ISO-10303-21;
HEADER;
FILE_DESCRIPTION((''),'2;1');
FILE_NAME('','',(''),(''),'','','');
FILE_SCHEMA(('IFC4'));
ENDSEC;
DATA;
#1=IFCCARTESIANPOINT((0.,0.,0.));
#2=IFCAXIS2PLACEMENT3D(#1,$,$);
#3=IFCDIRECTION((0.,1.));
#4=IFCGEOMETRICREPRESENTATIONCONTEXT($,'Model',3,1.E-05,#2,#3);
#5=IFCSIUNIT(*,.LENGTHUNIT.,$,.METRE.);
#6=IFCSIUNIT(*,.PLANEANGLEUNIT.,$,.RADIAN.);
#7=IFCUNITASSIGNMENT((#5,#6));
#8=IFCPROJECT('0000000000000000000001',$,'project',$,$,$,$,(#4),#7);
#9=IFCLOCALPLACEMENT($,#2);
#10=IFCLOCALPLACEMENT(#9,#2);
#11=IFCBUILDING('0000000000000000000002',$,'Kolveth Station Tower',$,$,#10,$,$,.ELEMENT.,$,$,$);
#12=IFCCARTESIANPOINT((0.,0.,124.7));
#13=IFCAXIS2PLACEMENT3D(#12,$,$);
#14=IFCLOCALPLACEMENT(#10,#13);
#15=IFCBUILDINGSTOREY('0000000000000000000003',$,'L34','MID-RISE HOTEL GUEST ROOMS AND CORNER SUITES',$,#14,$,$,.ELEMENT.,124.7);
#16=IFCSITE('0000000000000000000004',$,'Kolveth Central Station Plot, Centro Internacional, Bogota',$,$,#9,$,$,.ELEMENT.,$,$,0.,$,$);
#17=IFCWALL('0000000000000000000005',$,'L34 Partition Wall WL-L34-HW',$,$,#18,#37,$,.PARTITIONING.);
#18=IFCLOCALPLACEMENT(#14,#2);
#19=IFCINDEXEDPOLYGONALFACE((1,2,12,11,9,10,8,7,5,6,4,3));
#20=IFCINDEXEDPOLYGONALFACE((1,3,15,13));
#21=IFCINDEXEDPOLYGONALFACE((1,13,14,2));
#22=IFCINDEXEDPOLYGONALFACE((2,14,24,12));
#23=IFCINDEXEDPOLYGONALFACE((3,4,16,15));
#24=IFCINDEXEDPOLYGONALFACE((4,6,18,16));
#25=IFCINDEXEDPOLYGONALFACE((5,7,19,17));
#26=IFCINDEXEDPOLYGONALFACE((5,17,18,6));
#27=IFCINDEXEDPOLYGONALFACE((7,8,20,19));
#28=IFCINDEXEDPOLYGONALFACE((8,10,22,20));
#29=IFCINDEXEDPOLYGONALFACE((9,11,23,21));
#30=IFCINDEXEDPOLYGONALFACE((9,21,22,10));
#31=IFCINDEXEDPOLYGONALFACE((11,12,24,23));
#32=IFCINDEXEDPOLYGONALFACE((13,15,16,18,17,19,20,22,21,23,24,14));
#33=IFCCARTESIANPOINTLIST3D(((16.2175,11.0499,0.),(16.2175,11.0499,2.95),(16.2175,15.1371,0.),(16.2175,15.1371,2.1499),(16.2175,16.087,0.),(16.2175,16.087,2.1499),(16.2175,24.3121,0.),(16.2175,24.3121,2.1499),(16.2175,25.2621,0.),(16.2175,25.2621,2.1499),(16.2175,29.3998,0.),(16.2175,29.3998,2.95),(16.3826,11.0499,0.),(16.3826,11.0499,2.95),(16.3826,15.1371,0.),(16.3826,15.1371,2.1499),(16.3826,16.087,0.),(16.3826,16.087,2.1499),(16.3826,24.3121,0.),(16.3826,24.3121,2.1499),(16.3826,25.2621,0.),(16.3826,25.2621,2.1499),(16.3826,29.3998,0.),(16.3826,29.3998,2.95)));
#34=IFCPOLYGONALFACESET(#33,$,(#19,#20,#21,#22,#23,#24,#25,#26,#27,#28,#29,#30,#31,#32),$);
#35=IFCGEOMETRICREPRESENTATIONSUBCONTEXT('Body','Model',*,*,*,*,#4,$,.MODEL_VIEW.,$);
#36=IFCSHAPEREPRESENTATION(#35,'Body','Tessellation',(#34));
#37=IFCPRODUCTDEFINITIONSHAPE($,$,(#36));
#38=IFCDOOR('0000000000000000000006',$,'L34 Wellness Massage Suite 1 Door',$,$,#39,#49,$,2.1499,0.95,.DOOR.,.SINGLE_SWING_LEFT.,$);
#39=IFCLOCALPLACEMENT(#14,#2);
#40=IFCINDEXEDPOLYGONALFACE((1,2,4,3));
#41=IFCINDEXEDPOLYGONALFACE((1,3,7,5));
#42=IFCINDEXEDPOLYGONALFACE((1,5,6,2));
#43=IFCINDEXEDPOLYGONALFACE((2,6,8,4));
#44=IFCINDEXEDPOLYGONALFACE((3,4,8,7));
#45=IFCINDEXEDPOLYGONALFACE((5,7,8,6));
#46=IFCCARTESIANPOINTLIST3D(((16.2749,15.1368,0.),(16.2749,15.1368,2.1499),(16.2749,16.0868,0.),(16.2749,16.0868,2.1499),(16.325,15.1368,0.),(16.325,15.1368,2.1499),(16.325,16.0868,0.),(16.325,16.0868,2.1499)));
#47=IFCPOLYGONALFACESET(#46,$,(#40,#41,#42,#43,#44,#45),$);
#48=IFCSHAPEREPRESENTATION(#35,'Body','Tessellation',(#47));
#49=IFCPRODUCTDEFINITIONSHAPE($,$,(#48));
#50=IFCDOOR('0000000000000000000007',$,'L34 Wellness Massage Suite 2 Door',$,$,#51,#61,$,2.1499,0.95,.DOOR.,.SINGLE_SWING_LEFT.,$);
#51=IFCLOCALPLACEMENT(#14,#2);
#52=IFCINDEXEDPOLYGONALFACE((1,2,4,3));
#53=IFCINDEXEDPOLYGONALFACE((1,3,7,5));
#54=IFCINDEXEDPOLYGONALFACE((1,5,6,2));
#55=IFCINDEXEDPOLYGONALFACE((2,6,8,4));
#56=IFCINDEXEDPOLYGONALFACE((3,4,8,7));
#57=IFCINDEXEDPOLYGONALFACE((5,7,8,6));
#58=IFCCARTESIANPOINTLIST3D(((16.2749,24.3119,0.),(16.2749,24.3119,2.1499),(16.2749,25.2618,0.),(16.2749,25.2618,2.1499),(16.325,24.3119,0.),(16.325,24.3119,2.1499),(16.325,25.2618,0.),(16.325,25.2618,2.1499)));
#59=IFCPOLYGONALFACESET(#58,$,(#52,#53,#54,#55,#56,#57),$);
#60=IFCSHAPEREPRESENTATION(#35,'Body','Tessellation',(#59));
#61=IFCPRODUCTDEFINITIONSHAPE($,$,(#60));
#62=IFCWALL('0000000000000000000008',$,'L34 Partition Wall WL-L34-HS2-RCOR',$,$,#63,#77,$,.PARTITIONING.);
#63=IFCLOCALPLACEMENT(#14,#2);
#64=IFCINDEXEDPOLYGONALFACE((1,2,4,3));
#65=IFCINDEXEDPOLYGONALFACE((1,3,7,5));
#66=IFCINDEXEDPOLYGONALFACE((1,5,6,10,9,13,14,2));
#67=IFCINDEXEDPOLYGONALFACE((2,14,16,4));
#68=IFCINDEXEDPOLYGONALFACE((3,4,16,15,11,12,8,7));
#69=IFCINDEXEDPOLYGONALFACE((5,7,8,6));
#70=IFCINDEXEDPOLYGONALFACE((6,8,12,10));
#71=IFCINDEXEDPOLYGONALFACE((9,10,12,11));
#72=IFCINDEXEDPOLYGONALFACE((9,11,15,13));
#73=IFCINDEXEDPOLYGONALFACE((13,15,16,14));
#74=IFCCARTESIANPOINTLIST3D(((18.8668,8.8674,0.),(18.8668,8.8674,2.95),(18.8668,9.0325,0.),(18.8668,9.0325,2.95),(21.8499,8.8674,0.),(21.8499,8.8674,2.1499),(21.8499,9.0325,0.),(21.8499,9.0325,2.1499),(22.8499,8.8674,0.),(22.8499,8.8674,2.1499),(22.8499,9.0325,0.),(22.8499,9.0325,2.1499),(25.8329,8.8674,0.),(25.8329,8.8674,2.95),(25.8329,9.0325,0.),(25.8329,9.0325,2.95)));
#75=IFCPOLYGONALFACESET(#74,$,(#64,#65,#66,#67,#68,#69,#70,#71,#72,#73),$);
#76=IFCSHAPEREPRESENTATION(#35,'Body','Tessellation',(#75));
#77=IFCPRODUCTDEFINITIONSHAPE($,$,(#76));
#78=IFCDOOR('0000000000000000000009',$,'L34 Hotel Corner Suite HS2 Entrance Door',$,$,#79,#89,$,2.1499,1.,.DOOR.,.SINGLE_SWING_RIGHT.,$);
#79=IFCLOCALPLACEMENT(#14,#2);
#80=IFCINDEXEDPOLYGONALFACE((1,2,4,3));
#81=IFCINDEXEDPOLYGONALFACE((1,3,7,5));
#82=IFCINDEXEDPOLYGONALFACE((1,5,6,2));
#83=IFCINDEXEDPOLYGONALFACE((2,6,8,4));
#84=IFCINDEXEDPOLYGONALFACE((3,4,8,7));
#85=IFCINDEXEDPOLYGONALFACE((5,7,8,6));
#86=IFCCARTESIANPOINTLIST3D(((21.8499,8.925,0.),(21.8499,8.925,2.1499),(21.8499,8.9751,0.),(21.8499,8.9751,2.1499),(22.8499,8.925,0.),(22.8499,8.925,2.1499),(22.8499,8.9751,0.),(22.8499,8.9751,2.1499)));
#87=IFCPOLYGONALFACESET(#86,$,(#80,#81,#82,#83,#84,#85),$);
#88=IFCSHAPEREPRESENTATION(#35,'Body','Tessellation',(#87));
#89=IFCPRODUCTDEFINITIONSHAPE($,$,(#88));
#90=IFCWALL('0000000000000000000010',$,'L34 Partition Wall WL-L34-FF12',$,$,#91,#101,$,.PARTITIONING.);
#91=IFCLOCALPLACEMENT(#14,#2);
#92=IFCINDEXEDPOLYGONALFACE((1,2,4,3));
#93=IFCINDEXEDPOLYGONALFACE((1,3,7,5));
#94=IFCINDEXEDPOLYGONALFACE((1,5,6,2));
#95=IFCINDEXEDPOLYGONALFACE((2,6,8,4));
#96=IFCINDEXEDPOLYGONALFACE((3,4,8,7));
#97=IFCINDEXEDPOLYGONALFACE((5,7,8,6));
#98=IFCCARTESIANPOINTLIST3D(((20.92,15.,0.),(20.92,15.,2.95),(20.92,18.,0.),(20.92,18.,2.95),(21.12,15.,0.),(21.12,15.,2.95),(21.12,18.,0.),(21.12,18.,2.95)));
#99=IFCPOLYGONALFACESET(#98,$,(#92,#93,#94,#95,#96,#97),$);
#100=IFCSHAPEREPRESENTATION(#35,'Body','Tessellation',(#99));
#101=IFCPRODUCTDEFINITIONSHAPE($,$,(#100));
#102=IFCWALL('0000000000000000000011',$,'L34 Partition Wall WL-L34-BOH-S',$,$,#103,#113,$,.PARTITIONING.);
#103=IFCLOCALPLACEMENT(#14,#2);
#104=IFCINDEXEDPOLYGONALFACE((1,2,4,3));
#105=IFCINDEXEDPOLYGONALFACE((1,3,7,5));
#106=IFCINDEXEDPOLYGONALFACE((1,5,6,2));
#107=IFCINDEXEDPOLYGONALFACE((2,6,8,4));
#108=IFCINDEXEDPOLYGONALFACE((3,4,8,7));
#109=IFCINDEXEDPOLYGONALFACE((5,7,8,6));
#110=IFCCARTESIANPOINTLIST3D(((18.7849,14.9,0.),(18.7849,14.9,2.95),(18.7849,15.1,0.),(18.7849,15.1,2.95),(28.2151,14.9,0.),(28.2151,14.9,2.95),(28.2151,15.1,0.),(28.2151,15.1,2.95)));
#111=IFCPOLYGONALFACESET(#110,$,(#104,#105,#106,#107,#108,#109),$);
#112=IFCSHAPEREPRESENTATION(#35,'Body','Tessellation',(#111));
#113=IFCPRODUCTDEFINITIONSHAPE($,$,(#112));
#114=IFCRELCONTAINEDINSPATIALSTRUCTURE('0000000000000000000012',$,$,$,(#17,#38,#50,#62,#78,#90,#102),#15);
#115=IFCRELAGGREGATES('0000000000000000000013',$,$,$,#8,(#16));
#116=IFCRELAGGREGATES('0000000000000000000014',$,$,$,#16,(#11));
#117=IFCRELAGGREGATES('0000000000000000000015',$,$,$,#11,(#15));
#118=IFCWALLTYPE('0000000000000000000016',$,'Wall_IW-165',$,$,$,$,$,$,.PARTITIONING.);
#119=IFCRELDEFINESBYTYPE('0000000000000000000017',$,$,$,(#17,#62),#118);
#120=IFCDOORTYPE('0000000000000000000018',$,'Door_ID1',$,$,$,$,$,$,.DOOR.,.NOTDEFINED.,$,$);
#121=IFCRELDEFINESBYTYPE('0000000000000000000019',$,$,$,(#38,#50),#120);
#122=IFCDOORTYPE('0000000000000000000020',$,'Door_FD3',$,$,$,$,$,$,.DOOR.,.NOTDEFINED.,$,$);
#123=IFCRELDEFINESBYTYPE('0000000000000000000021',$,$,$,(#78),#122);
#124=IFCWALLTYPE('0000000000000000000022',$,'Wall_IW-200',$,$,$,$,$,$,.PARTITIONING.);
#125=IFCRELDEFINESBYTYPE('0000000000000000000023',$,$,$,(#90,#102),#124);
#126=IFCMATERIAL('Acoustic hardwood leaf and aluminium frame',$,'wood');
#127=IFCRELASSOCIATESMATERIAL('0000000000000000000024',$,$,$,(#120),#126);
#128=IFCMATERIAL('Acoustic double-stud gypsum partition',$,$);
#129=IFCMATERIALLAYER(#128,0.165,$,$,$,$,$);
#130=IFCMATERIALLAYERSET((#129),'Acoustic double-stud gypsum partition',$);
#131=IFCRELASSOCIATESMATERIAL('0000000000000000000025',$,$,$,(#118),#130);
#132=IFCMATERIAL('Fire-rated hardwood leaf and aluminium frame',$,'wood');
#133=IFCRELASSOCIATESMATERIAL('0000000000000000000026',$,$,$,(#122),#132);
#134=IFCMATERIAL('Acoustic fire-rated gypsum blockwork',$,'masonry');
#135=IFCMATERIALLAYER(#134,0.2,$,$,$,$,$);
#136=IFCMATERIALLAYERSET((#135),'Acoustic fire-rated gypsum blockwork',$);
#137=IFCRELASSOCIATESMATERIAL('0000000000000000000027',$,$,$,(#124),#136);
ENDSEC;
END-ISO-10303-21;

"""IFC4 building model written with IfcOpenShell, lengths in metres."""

from ifc_helpers import new_model, si_unit, direction, frame, frame_2d, origin, place, context, subcontext, project, spatial, rectangle, extrude, material, layer, layer_set, type_object, element, fill, save


model = new_model("IFC4")

# Units and contexts
model_context = context("Model", 3, precision=1e-05, world=origin(), true_north=direction((0.0, 1.0)))
body_context = subcontext(model_context, "Body", "Model", "MODEL_VIEW")
ifc_project = project(units=[si_unit("LENGTHUNIT", "METRE"), si_unit("PLANEANGLEUNIT", "RADIAN")], contexts=[model_context])

# Site, building, storey
site_placement = place(None, origin())
site = spatial("IfcSite", under=ifc_project, at=site_placement, Name="Kolveth Central Station Plot, Centro Internacional, Bogota", CompositionType="ELEMENT", RefElevation=0.0)
building_placement = place(site_placement, origin())
building = spatial("IfcBuilding", under=site, at=building_placement, Name="Kolveth Station Tower", CompositionType="ELEMENT")
storey_placement = place(building_placement, frame((0.0, 0.0, 124.7)))
storey = spatial("IfcBuildingStorey", under=building, at=storey_placement, Name="L34", Description="MID-RISE HOTEL GUEST ROOMS AND CORNER SUITES", CompositionType="ELEMENT", Elevation=124.7)

# Shared definitions
ifc_material_1 = material(Name="Acoustic hardwood leaf and aluminium frame", Category="wood")
door_type_1 = type_object("IfcDoorType", Name="Door_ID1", OperationType="NOTDEFINED", PredefinedType="DOOR", material=ifc_material_1)

# Wall, openings, doors
ifc_material_2 = material(Name="Acoustic double-stud gypsum partition")
ifc_layer_1 = layer(ifc_material_2, 0.165)
ifc_layer_set_1 = layer_set([ifc_layer_1], Name="Acoustic double-stud gypsum partition")
wall_type_1 = type_object("IfcWallType", Name="Wall_IW-165", PredefinedType="PARTITIONING", material=ifc_layer_set_1)
wall_1_placement = place(storey_placement, frame((16.3, 11.05, 0.0), z_axis=(0.0, 0.0, 1.0), x_axis=(0.0, 1.0, 0.0)))
wall_1 = element("IfcWall", 1, at=wall_1_placement, inside=storey, type_object=wall_type_1, Name="L34 Partition Wall WL-L34-HW", PredefinedType="PARTITIONING", context=body_context, shape_type="SweptSolid", body=[
    extrude(rectangle(XDim=18.3499, YDim=0.165, at=frame_2d((9.1748, 0.0))), origin(), (0.0, 0.0, 1.0), 2.95),
])
opening_1_placement = place(wall_1_placement, frame((4.0869, 0.0, 0.0)))
opening_1 = element("IfcOpeningElement", 2, at=opening_1_placement, cuts=wall_1, PredefinedType="OPENING", context=body_context, shape_type="SweptSolid", body=[
    extrude(rectangle(XDim=0.95, YDim=2.1499, at=frame_2d((0.4751, 1.075))), frame((0.0, 0.0925, 0.0), z_axis=(0.0, -1.0, 0.0), x_axis=(1.0, 0.0, 0.0)), (0.0, 0.0, 1.0), 0.1851),
])
opening_2_placement = place(wall_1_placement, frame((13.262, 0.0, 0.0)))
opening_2 = element("IfcOpeningElement", 3, at=opening_2_placement, cuts=wall_1, PredefinedType="OPENING", context=body_context, shape_type="SweptSolid", body=[
    extrude(rectangle(XDim=0.95, YDim=2.1499, at=frame_2d((0.4751, 1.075))), frame((0.0, 0.0925, 0.0), z_axis=(0.0, -1.0, 0.0), x_axis=(1.0, 0.0, 0.0)), (0.0, 0.0, 1.0), 0.1851),
])
door_1_placement = place(opening_1_placement, frame((0.95, 0.0, 0.0), z_axis=(0.0, 0.0, 1.0), x_axis=(-1.0, 0.0, 0.0)))
door_1 = element("IfcDoor", 4, at=door_1_placement, inside=storey, type_object=door_type_1, Name="L34 Wellness Massage Suite 1 Door", OperationType="SINGLE_SWING_LEFT", OverallHeight=2.1499, OverallWidth=0.95, PredefinedType="DOOR", context=body_context, shape_type="SweptSolid", body=[
    extrude(rectangle(XDim=0.95, YDim=2.1499, at=frame_2d((0.4751, 1.075))), frame((0.0, 0.0249, 0.0), z_axis=(0.0, -1.0, 0.0), x_axis=(1.0, 0.0, 0.0)), (0.0, 0.0, 1.0), 0.05),
])
fill(opening_1, door_1)
door_2_placement = place(opening_2_placement, frame((0.95, 0.0, 0.0), z_axis=(0.0, 0.0, 1.0), x_axis=(-1.0, 0.0, 0.0)))
door_2 = element("IfcDoor", 5, at=door_2_placement, inside=storey, type_object=door_type_1, Name="L34 Wellness Massage Suite 2 Door", OperationType="SINGLE_SWING_LEFT", OverallHeight=2.1499, OverallWidth=0.95, PredefinedType="DOOR", context=body_context, shape_type="SweptSolid", body=[
    extrude(rectangle(XDim=0.95, YDim=2.1499, at=frame_2d((0.4751, 1.075))), frame((0.0, 0.0249, 0.0), z_axis=(0.0, -1.0, 0.0), x_axis=(1.0, 0.0, 0.0)), (0.0, 0.0, 1.0), 0.05),
])
fill(opening_2, door_2)

# Wall, opening, door
wall_2_placement = place(storey_placement, frame((18.8669, 8.95, 0.0), z_axis=(0.0, 0.0, 1.0), x_axis=(1.0, 0.0, 0.0)))
wall_2 = element("IfcWall", 6, at=wall_2_placement, inside=storey, type_object=wall_type_1, Name="L34 Partition Wall WL-L34-HS2-RCOR", PredefinedType="PARTITIONING", context=body_context, shape_type="SweptSolid", body=[
    extrude(rectangle(XDim=6.9661, YDim=0.165, at=frame_2d((3.4829, 0.0))), origin(), (0.0, 0.0, 1.0), 2.95),
])
opening_3_placement = place(wall_2_placement, frame((2.9829, 0.0, 0.0)))
opening_3 = element("IfcOpeningElement", 7, at=opening_3_placement, cuts=wall_2, PredefinedType="OPENING", context=body_context, shape_type="SweptSolid", body=[
    extrude(rectangle(XDim=1.0, YDim=2.1499, at=frame_2d((0.5, 1.075))), frame((0.0, 0.0925, 0.0), z_axis=(0.0, -1.0, 0.0), x_axis=(1.0, 0.0, 0.0)), (0.0, 0.0, 1.0), 0.1851),
])
ifc_material_3 = material(Name="Fire-rated hardwood leaf and aluminium frame", Category="wood")
door_type_2 = type_object("IfcDoorType", Name="Door_FD3", OperationType="NOTDEFINED", PredefinedType="DOOR", material=ifc_material_3)
door_3_placement = place(opening_3_placement, frame((1.0, 0.0, 0.0), z_axis=(0.0, 0.0, 1.0), x_axis=(-1.0, 0.0, 0.0)))
door_3 = element("IfcDoor", 8, at=door_3_placement, inside=storey, type_object=door_type_2, Name="L34 Hotel Corner Suite HS2 Entrance Door", OperationType="SINGLE_SWING_RIGHT", OverallHeight=2.1499, OverallWidth=1.0, PredefinedType="DOOR", context=body_context, shape_type="SweptSolid", body=[
    extrude(rectangle(XDim=1.0, YDim=2.1499, at=frame_2d((0.5, 1.075))), frame((0.0, 0.0249, 0.0), z_axis=(0.0, -1.0, 0.0), x_axis=(1.0, 0.0, 0.0)), (0.0, 0.0, 1.0), 0.05),
])
fill(opening_3, door_3)

# Walls
ifc_material_4 = material(Name="Acoustic fire-rated gypsum blockwork", Category="masonry")
ifc_layer_2 = layer(ifc_material_4, 0.2)
ifc_layer_set_2 = layer_set([ifc_layer_2], Name="Acoustic fire-rated gypsum blockwork")
wall_type_2 = type_object("IfcWallType", Name="Wall_IW-200", PredefinedType="PARTITIONING", material=ifc_layer_set_2)
wall_3_placement = place(storey_placement, frame((21.02, 15.0, 0.0), z_axis=(0.0, 0.0, 1.0), x_axis=(0.0, 1.0, 0.0)))
element("IfcWall", 9, at=wall_3_placement, inside=storey, type_object=wall_type_2, Name="L34 Partition Wall WL-L34-FF12", PredefinedType="PARTITIONING", context=body_context, shape_type="SweptSolid", body=[
    extrude(rectangle(XDim=3.0, YDim=0.2, at=frame_2d((1.5, 0.0))), origin(), (0.0, 0.0, 1.0), 2.95),
])
wall_4_placement = place(storey_placement, frame((18.7849, 15.0, 0.0), z_axis=(0.0, 0.0, 1.0), x_axis=(1.0, 0.0, 0.0)))
element("IfcWall", 10, at=wall_4_placement, inside=storey, type_object=wall_type_2, Name="L34 Partition Wall WL-L34-BOH-S", PredefinedType="PARTITIONING", context=body_context, shape_type="SweptSolid", body=[
    extrude(rectangle(XDim=9.4302, YDim=0.2, at=frame_2d((4.7151, 0.0))), origin(), (0.0, 0.0, 1.0), 2.95),
])

save(model, "model.ifc")
